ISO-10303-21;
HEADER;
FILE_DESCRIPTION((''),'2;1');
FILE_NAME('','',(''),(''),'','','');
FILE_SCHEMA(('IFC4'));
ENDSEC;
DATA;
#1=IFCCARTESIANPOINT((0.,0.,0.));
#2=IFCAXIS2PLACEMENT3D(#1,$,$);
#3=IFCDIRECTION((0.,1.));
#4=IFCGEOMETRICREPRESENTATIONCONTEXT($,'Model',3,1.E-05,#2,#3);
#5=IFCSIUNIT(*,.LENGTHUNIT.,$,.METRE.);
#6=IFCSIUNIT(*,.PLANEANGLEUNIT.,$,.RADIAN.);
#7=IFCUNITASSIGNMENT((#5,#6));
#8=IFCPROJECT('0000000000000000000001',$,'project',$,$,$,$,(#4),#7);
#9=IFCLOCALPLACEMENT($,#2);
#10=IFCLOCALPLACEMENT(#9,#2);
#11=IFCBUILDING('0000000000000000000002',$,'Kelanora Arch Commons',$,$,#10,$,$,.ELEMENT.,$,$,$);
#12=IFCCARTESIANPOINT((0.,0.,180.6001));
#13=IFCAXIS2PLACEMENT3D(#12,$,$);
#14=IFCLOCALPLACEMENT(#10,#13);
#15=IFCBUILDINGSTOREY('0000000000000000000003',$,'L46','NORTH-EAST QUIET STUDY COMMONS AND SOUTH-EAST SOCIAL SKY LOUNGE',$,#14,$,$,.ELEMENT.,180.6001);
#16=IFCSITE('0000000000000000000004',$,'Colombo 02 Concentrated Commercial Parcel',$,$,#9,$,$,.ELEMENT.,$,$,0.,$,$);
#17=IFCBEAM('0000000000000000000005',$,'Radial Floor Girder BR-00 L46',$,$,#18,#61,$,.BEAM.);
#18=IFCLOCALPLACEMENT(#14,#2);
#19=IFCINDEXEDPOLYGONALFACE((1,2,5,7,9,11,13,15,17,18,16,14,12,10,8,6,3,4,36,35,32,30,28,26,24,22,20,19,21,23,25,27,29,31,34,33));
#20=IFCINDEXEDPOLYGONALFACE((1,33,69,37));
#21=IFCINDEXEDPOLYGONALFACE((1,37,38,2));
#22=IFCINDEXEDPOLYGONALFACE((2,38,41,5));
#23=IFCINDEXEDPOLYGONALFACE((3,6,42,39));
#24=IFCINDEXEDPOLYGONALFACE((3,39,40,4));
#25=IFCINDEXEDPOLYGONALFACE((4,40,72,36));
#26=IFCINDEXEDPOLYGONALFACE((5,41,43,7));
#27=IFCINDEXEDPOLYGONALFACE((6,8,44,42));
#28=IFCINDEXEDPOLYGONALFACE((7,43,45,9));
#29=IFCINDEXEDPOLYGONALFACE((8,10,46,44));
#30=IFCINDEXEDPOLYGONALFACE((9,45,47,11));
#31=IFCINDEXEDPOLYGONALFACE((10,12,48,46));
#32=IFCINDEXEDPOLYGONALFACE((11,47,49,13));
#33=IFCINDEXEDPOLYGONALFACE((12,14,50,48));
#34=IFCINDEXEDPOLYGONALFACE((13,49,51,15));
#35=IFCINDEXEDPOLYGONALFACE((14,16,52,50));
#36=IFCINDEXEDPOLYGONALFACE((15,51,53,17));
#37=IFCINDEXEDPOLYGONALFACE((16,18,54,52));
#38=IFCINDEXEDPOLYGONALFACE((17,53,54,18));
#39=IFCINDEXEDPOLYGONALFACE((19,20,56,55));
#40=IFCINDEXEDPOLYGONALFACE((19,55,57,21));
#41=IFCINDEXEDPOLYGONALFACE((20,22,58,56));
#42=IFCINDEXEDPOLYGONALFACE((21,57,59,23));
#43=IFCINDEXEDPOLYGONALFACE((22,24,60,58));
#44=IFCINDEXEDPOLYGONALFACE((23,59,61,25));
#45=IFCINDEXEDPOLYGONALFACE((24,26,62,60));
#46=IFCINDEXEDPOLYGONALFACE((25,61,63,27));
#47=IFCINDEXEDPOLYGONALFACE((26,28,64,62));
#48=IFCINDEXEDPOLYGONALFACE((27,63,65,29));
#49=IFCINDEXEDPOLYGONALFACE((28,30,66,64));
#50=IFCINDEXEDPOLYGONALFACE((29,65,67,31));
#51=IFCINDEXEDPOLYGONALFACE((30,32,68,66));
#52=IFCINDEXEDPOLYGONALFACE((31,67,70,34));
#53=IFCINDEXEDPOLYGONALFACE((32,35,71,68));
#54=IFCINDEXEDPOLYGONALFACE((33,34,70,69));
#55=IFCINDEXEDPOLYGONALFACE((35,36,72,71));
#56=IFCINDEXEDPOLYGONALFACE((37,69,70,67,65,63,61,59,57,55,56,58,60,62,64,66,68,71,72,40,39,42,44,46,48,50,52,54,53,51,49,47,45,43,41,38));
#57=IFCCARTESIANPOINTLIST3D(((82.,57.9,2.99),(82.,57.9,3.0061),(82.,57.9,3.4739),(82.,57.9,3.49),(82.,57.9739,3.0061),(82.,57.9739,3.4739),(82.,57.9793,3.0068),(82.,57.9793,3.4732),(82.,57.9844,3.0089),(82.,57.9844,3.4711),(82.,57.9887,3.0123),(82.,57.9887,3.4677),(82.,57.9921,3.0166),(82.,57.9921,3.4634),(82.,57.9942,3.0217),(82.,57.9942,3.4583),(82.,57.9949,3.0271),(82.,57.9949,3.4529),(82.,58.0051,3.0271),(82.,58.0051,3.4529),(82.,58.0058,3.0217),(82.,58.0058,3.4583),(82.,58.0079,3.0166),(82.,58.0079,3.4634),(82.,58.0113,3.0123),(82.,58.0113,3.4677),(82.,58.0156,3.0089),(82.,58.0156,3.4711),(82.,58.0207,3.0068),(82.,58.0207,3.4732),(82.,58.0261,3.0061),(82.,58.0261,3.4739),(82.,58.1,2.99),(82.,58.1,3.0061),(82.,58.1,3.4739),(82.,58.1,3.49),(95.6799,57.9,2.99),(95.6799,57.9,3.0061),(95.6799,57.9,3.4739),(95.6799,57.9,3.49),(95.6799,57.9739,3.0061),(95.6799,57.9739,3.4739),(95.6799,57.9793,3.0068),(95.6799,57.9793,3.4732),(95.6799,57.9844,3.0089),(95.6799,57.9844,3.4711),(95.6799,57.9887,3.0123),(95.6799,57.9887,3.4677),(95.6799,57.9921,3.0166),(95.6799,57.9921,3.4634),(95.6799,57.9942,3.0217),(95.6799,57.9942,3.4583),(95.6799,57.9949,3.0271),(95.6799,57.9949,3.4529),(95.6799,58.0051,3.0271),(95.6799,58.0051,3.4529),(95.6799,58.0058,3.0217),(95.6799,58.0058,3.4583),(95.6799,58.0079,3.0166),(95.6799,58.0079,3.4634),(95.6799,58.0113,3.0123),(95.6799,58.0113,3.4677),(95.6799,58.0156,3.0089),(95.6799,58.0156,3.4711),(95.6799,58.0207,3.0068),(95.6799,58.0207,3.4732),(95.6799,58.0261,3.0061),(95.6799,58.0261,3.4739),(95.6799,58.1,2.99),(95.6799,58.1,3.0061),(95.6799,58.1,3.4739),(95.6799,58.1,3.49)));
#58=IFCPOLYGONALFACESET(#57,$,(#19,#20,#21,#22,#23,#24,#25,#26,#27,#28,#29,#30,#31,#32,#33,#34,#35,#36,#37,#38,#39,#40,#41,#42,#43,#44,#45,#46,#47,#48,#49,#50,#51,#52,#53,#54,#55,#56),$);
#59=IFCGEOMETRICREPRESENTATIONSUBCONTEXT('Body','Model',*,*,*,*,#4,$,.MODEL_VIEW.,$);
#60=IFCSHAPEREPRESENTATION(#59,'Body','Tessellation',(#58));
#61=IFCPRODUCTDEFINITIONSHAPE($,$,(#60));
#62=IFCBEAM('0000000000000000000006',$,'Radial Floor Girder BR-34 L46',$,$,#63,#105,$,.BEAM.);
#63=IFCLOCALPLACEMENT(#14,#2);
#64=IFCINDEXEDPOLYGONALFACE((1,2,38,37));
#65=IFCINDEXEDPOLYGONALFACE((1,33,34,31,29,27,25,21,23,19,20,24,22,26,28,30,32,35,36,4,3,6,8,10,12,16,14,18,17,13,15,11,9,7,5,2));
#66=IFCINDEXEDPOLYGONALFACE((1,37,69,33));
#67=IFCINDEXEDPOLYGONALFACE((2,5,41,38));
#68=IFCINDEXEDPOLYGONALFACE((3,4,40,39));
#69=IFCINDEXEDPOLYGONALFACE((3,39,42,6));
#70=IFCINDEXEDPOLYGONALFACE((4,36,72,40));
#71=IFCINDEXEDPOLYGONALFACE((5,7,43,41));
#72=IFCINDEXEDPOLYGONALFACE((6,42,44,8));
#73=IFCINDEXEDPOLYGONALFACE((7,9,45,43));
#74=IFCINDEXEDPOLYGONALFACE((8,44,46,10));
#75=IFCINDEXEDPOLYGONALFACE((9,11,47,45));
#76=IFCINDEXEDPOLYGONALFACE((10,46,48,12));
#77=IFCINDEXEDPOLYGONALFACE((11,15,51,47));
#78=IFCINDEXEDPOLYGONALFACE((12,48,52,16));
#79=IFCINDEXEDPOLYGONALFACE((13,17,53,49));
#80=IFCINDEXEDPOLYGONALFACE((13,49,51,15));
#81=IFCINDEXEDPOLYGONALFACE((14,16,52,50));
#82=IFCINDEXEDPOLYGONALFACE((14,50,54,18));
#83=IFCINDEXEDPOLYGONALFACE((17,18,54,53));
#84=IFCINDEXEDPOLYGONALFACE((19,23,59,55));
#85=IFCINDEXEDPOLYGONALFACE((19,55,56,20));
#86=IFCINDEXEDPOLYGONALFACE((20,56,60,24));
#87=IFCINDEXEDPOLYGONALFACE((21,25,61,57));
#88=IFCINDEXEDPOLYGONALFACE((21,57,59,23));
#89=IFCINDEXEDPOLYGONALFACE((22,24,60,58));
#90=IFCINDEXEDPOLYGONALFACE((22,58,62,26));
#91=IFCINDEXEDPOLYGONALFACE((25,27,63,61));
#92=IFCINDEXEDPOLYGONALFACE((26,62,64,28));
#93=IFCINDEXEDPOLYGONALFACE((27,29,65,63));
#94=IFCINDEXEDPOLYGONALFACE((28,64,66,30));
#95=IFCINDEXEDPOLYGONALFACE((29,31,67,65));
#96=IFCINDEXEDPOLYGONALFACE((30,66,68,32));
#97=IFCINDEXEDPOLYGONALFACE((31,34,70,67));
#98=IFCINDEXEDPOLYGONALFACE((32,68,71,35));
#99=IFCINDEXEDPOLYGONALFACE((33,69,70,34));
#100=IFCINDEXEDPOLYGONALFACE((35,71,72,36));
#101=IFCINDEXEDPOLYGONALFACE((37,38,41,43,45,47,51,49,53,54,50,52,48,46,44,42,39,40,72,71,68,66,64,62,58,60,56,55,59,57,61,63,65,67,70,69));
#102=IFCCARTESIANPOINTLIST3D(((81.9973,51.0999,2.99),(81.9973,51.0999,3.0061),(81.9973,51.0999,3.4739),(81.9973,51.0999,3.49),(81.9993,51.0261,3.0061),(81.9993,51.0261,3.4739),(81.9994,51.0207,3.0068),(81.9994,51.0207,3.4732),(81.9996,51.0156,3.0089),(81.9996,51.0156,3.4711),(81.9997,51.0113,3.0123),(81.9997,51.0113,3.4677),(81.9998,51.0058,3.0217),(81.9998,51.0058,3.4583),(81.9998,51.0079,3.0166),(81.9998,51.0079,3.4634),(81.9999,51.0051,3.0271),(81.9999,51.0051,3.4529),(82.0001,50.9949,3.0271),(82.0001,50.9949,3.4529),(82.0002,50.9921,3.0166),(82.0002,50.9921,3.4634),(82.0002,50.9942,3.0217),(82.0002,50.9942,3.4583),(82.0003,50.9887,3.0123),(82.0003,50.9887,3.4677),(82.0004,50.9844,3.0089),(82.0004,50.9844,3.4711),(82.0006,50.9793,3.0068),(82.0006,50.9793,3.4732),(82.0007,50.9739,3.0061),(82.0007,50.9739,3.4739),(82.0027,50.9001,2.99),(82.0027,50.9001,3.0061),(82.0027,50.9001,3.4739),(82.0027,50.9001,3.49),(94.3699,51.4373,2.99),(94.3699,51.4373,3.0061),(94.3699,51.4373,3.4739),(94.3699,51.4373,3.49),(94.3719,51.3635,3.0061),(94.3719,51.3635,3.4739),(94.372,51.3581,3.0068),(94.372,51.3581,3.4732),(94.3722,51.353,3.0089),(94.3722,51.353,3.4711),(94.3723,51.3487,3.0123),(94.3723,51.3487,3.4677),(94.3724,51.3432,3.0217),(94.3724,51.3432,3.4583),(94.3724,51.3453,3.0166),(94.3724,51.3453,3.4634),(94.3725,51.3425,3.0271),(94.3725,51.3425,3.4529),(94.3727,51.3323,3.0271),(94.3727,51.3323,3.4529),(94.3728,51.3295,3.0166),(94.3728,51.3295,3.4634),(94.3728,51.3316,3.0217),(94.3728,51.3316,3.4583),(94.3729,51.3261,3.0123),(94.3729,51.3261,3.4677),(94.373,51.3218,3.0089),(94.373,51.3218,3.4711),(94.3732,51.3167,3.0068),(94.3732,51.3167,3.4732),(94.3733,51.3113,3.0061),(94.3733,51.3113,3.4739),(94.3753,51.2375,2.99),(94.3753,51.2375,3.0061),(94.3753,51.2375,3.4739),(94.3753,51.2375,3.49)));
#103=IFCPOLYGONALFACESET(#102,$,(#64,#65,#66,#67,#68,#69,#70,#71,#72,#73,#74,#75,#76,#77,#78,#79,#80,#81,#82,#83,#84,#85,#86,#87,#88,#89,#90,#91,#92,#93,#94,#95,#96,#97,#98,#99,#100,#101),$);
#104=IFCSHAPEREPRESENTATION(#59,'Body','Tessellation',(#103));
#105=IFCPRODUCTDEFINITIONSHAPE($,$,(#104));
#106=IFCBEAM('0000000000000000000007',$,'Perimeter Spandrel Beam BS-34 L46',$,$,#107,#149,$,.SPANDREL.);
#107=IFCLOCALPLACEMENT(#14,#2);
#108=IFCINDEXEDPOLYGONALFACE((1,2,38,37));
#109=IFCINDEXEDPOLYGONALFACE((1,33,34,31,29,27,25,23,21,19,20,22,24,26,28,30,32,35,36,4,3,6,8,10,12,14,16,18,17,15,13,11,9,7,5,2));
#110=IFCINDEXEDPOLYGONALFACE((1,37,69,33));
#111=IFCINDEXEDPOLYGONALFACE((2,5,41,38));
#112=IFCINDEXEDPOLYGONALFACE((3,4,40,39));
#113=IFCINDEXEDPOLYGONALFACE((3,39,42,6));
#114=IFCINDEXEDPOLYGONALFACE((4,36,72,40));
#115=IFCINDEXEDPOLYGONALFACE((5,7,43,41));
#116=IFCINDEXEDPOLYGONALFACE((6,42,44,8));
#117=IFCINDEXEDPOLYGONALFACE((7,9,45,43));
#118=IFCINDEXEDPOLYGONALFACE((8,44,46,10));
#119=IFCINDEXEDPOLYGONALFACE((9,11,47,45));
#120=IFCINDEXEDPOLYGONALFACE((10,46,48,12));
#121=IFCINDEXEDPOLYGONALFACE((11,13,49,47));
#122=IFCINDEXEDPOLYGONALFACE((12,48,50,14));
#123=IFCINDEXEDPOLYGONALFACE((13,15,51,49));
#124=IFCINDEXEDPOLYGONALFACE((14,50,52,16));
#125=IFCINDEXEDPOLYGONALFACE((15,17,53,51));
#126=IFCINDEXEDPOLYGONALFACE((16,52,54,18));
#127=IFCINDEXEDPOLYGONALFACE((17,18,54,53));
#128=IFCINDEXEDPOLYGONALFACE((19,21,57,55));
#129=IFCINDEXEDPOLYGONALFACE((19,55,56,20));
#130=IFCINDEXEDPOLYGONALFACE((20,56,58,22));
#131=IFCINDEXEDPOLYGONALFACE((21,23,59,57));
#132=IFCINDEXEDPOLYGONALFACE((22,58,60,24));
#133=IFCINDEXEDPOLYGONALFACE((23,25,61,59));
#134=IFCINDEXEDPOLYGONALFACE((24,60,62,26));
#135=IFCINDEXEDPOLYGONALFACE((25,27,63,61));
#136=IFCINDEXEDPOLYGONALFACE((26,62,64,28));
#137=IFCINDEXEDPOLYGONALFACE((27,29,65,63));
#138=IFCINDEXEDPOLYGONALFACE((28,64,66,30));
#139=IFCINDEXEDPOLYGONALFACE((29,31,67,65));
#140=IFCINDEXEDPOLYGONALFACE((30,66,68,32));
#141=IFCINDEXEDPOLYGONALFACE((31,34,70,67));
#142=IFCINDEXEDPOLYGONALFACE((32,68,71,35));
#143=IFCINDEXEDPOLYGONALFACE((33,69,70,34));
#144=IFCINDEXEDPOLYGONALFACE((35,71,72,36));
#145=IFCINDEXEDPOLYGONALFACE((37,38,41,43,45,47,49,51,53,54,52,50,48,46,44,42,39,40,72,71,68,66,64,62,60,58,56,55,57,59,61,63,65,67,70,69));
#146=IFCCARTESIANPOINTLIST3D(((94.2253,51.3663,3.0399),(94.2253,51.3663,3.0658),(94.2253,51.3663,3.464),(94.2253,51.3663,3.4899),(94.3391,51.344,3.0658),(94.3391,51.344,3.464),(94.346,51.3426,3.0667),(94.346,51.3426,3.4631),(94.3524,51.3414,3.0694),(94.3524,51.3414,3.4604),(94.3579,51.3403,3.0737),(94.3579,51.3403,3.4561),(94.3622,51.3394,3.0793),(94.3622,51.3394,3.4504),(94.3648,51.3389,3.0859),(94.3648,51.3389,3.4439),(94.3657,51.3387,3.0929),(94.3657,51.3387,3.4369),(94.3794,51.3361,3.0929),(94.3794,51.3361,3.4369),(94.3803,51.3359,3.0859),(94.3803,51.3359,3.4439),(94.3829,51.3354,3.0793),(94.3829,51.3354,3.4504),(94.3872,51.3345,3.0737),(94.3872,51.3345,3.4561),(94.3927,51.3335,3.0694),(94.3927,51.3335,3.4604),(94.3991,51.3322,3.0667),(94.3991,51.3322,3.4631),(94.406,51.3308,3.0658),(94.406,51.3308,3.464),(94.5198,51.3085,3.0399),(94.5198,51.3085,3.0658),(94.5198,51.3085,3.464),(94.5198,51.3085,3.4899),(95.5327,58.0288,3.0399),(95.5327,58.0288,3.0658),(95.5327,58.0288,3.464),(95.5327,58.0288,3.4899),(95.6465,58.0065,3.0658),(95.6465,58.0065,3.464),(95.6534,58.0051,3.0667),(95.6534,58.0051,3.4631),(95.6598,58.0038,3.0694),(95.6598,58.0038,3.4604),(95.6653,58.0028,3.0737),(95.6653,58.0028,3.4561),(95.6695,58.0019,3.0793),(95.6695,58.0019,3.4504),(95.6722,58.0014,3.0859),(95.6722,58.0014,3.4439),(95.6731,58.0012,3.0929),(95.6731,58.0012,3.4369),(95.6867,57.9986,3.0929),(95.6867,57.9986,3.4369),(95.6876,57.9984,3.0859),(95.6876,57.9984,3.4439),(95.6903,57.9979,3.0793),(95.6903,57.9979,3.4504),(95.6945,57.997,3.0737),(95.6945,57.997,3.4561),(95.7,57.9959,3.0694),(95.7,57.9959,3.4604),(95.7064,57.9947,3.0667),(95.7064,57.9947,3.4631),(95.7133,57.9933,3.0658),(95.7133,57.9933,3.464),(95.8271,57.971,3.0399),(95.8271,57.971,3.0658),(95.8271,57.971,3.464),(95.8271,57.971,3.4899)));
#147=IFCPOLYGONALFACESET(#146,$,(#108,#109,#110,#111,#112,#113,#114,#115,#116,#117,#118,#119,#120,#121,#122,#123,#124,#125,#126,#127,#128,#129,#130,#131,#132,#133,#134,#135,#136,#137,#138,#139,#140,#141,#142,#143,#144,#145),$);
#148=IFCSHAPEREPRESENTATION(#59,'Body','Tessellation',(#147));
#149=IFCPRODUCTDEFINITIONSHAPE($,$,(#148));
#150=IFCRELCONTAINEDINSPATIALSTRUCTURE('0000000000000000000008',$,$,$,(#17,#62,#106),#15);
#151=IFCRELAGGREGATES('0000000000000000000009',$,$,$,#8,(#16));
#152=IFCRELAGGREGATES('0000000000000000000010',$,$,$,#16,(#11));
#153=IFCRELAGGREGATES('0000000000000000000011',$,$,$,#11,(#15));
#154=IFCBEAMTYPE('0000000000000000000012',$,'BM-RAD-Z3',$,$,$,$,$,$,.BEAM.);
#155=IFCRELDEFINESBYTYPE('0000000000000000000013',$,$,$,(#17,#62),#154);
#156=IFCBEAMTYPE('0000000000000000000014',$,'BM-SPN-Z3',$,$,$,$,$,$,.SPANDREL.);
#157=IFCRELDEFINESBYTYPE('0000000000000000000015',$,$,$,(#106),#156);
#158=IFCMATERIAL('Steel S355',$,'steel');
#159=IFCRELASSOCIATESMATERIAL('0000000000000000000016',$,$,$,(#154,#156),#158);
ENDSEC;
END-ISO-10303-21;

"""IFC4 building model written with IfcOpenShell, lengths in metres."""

from ifc_helpers import new_model, si_unit, direction, frame, origin, origin_2d, place, context, subcontext, project, spatial, i_section, extrude, material, material_profile, profile_set, type_object, element, save


model = new_model("IFC4")

# Units and contexts
model_context = context("Model", 3, precision=1e-05, world=origin(), true_north=direction((0.0, 1.0)))
body_context = subcontext(model_context, "Body", "Model", "MODEL_VIEW")
ifc_project = project(units=[si_unit("LENGTHUNIT", "METRE"), si_unit("PLANEANGLEUNIT", "RADIAN")], contexts=[model_context])

# Site, building, storey
site_placement = place(None, origin())
site = spatial("IfcSite", under=ifc_project, at=site_placement, Name="Colombo 02 Concentrated Commercial Parcel", CompositionType="ELEMENT", RefElevation=0.0)
building_placement = place(site_placement, origin())
building = spatial("IfcBuilding", under=site, at=building_placement, Name="Kelanora Arch Commons", CompositionType="ELEMENT")
storey_placement = place(building_placement, frame((0.0, 0.0, 180.6001)))
storey = spatial("IfcBuildingStorey", under=building, at=storey_placement, Name="L46", Description="NORTH-EAST QUIET STUDY COMMONS AND SOUTH-EAST SOCIAL SKY LOUNGE", CompositionType="ELEMENT", Elevation=180.6001)

# Beams
ifc_material_1 = material(Name="Steel S355", Category="steel")
ifc_material_profile_1 = material_profile(ifc_material_1, i_section(OverallWidth=0.2, OverallDepth=0.5, WebThickness=0.0103, FlangeThickness=0.0161, FilletRadius=0.021, at=origin_2d()), Name="IPE500")
ifc_profile_set_1 = profile_set([ifc_material_profile_1], Name="Steel S355")
beam_type_1 = type_object("IfcBeamType", Name="BM-RAD-Z3", PredefinedType="BEAM", material=ifc_profile_set_1)
beam_1_placement = place(storey_placement, frame((82.0, 58.0, 3.24), z_axis=(1.0, 0.0, 0.0), x_axis=(0.0, 1.0, 0.0)))
element("IfcBeam", 1, at=beam_1_placement, inside=storey, type_object=beam_type_1, Name="Radial Floor Girder BR-00 L46", PredefinedType="BEAM", context=body_context, shape_type="SweptSolid", body=[
    extrude(i_section(OverallWidth=0.2, OverallDepth=0.5, WebThickness=0.0103, FlangeThickness=0.0161, FilletRadius=0.021, at=origin_2d()), origin(), (0.0, 0.0, 1.0), 13.6799),
])
beam_2_placement = place(storey_placement, frame((82.0, 51.0, 3.24), z_axis=(0.999628, 0.02726, 0.0), x_axis=(-0.02726, 0.999628, 0.0)))
element("IfcBeam", 2, at=beam_2_placement, inside=storey, type_object=beam_type_1, Name="Radial Floor Girder BR-34 L46", PredefinedType="BEAM", context=body_context, shape_type="SweptSolid", body=[
    extrude(i_section(OverallWidth=0.2, OverallDepth=0.5, WebThickness=0.0103, FlangeThickness=0.0161, FilletRadius=0.021, at=origin_2d()), origin(), (0.0, 0.0, 1.0), 12.3772),
])
ifc_material_profile_2 = material_profile(ifc_material_1, i_section(OverallWidth=0.3, OverallDepth=0.45, WebThickness=0.0139, FlangeThickness=0.0259, FilletRadius=0.0271, at=origin_2d()), Name="HEB450")
ifc_profile_set_2 = profile_set([ifc_material_profile_2], Name="Steel S355")
beam_type_2 = type_object("IfcBeamType", Name="BM-SPN-Z3", PredefinedType="SPANDREL", material=ifc_profile_set_2)
beam_3_placement = place(storey_placement, frame((94.3726, 51.3374, 3.2649), z_axis=(0.192554, 0.981286, 0.0), x_axis=(-0.981286, 0.192554, 0.0)))
element("IfcBeam", 3, at=beam_3_placement, inside=storey, type_object=beam_type_2, Name="Perimeter Spandrel Beam BS-34 L46", PredefinedType="SPANDREL", context=body_context, shape_type="SweptSolid", body=[
    extrude(i_section(OverallWidth=0.3, OverallDepth=0.45, WebThickness=0.0139, FlangeThickness=0.0259, FilletRadius=0.0271, at=origin_2d()), origin(), (0.0, 0.0, 1.0), 6.7896),
])

save(model, "model.ifc")
